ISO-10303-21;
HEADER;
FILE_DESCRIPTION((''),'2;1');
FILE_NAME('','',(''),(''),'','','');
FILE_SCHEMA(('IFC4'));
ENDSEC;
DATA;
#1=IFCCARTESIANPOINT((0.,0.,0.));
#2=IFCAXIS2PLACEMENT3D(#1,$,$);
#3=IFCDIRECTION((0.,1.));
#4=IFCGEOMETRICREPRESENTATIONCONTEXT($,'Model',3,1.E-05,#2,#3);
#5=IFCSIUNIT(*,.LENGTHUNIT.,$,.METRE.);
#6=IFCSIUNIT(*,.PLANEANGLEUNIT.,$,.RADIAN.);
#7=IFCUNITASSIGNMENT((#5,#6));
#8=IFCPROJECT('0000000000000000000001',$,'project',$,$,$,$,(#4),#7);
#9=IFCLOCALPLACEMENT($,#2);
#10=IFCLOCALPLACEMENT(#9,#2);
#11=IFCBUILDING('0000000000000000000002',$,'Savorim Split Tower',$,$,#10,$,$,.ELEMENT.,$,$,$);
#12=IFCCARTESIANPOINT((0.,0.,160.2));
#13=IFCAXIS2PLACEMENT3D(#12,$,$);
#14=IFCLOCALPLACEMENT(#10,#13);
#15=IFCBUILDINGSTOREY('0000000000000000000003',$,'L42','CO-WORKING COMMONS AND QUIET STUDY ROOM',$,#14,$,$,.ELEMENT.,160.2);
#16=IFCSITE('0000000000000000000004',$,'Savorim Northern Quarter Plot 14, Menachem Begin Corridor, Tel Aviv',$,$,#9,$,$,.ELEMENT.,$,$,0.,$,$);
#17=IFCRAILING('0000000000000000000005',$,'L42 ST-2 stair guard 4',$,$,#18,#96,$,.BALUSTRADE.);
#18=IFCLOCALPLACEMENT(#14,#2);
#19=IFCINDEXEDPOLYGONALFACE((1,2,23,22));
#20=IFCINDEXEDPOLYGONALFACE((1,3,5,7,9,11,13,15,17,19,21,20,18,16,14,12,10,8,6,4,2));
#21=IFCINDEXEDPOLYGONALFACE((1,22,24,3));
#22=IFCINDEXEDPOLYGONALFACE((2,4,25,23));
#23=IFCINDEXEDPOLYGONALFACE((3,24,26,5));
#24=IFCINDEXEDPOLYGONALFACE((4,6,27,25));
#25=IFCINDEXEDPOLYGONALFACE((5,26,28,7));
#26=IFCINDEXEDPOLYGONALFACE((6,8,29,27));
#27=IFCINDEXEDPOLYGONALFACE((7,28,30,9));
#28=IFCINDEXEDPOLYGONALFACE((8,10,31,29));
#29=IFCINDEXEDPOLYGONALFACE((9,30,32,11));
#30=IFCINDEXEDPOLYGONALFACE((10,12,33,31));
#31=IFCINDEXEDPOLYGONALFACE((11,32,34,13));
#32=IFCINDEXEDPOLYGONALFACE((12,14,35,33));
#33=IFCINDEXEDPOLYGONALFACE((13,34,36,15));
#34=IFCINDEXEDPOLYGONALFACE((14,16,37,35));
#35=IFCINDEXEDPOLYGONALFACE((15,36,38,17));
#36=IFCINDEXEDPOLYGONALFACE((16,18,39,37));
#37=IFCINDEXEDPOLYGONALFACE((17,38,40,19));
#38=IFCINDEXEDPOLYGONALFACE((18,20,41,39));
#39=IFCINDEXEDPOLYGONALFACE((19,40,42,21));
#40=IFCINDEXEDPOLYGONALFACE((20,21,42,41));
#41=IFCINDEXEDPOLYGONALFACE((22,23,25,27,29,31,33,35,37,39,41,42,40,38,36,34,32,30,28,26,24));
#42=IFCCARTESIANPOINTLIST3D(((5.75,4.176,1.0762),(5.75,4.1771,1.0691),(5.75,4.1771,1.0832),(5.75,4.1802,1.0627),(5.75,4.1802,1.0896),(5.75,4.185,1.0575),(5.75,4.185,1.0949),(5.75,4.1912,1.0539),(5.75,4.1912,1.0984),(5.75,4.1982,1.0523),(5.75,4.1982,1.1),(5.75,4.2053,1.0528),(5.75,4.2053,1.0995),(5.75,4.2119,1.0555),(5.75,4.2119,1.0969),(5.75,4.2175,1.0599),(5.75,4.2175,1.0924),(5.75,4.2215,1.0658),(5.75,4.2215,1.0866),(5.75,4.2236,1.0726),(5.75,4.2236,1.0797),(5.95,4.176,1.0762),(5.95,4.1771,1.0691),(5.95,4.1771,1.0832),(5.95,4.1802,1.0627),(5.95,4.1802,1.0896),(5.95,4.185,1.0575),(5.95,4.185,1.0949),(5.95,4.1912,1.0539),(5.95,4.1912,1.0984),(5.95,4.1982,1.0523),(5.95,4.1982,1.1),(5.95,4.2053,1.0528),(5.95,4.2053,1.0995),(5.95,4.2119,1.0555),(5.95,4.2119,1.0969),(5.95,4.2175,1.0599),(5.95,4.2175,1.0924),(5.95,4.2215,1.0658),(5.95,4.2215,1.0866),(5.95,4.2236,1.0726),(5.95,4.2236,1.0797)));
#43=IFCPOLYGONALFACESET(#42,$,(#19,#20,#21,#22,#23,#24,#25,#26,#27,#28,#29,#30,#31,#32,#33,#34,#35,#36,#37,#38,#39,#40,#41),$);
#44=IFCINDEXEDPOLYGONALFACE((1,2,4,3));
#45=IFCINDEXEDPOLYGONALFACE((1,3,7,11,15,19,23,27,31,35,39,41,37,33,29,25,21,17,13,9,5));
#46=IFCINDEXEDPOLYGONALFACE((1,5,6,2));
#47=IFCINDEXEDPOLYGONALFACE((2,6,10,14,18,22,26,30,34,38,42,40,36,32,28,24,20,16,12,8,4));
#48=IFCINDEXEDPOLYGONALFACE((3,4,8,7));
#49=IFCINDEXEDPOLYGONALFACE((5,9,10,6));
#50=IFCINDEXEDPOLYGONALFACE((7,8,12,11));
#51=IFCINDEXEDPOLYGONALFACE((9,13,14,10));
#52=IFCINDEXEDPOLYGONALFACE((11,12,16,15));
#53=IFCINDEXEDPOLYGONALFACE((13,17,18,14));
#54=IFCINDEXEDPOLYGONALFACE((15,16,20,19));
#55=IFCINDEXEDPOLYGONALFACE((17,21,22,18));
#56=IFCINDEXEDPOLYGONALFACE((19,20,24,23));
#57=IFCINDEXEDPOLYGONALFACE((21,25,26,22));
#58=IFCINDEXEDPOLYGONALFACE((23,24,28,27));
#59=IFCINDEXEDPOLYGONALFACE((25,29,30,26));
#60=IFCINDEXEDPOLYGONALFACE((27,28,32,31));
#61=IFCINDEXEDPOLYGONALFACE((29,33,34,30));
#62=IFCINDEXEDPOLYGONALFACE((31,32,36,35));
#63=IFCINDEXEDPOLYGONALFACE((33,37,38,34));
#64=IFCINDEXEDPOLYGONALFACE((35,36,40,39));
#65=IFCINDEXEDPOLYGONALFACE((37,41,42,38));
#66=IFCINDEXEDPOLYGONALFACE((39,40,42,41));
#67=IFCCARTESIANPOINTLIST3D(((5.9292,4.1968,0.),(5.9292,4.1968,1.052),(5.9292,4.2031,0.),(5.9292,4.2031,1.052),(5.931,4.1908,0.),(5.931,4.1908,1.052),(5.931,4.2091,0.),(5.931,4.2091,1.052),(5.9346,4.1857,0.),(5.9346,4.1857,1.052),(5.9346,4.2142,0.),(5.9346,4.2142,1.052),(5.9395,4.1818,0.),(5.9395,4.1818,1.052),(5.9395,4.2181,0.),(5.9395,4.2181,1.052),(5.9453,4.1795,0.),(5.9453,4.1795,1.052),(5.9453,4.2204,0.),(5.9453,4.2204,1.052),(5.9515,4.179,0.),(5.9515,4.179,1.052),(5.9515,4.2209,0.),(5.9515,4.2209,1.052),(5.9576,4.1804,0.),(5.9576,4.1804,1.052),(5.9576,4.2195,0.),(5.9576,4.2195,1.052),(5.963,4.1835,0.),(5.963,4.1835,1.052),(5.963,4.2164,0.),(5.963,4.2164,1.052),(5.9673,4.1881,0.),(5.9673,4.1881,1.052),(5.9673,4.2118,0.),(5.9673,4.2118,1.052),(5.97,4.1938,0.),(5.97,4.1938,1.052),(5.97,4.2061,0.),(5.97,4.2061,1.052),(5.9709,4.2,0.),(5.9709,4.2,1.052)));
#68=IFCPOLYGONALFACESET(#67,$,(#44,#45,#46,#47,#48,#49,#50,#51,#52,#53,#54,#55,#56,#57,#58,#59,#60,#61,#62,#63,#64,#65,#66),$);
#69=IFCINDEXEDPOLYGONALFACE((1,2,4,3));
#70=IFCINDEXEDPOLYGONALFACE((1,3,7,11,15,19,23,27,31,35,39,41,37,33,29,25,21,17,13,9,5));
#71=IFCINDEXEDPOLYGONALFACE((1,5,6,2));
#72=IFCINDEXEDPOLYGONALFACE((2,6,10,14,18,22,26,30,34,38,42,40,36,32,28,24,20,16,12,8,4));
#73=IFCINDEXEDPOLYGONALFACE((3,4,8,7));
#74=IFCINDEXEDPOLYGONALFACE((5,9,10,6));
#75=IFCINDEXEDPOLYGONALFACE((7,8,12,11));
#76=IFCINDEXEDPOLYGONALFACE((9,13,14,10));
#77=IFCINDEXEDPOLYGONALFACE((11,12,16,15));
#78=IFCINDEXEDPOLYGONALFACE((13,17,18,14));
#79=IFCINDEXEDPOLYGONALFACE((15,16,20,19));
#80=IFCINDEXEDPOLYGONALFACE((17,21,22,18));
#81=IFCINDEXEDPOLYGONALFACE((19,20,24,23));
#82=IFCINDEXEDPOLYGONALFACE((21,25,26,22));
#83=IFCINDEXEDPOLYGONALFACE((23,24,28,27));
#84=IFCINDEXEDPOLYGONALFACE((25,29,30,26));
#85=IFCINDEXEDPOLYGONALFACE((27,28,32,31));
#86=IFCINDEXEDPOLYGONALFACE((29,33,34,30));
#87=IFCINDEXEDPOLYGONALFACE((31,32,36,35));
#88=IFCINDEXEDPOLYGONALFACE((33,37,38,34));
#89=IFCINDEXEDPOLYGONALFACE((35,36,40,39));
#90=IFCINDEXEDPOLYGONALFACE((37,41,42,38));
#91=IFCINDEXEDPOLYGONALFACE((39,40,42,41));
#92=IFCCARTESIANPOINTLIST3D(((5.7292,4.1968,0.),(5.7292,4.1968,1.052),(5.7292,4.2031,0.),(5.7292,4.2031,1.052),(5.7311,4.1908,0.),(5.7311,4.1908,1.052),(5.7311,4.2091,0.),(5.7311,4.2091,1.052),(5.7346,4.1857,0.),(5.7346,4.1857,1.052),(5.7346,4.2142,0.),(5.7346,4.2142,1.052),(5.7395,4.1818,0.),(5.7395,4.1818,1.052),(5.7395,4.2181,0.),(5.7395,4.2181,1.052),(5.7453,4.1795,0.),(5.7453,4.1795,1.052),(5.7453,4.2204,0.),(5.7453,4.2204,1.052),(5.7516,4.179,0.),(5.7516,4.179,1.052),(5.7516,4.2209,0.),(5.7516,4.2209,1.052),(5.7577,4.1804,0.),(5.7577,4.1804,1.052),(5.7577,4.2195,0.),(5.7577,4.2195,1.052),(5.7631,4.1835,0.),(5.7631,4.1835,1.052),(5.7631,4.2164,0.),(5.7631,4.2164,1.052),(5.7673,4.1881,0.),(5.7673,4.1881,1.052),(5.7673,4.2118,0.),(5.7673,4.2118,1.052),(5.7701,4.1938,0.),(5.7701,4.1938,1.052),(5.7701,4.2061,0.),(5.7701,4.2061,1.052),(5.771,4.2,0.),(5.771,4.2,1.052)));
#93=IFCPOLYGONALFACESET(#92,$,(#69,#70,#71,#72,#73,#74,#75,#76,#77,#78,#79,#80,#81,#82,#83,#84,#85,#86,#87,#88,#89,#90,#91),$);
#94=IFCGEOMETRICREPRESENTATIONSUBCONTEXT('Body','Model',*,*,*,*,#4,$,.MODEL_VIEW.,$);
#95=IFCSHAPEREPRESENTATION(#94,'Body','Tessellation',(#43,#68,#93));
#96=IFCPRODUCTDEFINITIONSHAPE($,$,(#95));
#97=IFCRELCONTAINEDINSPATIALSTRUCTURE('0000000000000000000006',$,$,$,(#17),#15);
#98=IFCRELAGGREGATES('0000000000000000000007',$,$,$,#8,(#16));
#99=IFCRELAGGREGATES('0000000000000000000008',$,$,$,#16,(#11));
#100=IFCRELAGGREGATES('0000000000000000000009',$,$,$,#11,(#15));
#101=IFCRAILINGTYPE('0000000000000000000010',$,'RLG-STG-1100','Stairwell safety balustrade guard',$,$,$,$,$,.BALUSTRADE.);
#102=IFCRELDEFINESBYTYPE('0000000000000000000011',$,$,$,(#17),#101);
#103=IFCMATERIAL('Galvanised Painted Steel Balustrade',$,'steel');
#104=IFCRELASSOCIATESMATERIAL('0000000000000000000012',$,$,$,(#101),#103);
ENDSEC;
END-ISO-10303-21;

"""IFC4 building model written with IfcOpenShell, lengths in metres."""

from ifc_helpers import new_model, si_unit, direction, frame, origin, origin_2d, place, context, subcontext, project, spatial, circle, extrude, material, type_object, element, save


model = new_model("IFC4")

# Units and contexts
model_context = context("Model", 3, precision=1e-05, world=origin(), true_north=direction((0.0, 1.0)))
body_context = subcontext(model_context, "Body", "Model", "MODEL_VIEW")
ifc_project = project(units=[si_unit("LENGTHUNIT", "METRE"), si_unit("PLANEANGLEUNIT", "RADIAN")], contexts=[model_context])

# Site, building, storey
site_placement = place(None, origin())
site = spatial("IfcSite", under=ifc_project, at=site_placement, Name="Savorim Northern Quarter Plot 14, Menachem Begin Corridor, Tel Aviv", CompositionType="ELEMENT", RefElevation=0.0)
building_placement = place(site_placement, origin())
building = spatial("IfcBuilding", under=site, at=building_placement, Name="Savorim Split Tower", CompositionType="ELEMENT")
storey_placement = place(building_placement, frame((0.0, 0.0, 160.2)))
storey = spatial("IfcBuildingStorey", under=building, at=storey_placement, Name="L42", Description="CO-WORKING COMMONS AND QUIET STUDY ROOM", CompositionType="ELEMENT", Elevation=160.2)

# Railing
ifc_material_1 = material(Name="Galvanised Painted Steel Balustrade", Category="steel")
railing_type_1 = type_object("IfcRailingType", Name="RLG-STG-1100", Description="Stairwell safety balustrade guard", PredefinedType="BALUSTRADE", material=ifc_material_1)
railing_1_placement = place(storey_placement, frame((5.95, 4.2, 0.0)))
element("IfcRailing", 1, at=railing_1_placement, inside=storey, type_object=railing_type_1, Name="L42 ST-2 stair guard 4", PredefinedType="BALUSTRADE", context=body_context, shape_type="SweptSolid", body=[
    extrude(circle(Radius=0.0239, at=origin_2d()), frame((0.0, 0.0, 1.0762), z_axis=(-1.0, 0.0, 0.0), x_axis=(0.0, -1.0, 0.0)), (0.0, 0.0, 1.0), 0.2),
    extrude(circle(Radius=0.021, at=origin_2d()), origin(), (0.0, 0.0, 1.0), 1.052),
    extrude(circle(Radius=0.021, at=origin_2d()), frame((-0.2, 0.0, 0.0)), (0.0, 0.0, 1.0), 1.052),
])

save(model, "model.ifc")
